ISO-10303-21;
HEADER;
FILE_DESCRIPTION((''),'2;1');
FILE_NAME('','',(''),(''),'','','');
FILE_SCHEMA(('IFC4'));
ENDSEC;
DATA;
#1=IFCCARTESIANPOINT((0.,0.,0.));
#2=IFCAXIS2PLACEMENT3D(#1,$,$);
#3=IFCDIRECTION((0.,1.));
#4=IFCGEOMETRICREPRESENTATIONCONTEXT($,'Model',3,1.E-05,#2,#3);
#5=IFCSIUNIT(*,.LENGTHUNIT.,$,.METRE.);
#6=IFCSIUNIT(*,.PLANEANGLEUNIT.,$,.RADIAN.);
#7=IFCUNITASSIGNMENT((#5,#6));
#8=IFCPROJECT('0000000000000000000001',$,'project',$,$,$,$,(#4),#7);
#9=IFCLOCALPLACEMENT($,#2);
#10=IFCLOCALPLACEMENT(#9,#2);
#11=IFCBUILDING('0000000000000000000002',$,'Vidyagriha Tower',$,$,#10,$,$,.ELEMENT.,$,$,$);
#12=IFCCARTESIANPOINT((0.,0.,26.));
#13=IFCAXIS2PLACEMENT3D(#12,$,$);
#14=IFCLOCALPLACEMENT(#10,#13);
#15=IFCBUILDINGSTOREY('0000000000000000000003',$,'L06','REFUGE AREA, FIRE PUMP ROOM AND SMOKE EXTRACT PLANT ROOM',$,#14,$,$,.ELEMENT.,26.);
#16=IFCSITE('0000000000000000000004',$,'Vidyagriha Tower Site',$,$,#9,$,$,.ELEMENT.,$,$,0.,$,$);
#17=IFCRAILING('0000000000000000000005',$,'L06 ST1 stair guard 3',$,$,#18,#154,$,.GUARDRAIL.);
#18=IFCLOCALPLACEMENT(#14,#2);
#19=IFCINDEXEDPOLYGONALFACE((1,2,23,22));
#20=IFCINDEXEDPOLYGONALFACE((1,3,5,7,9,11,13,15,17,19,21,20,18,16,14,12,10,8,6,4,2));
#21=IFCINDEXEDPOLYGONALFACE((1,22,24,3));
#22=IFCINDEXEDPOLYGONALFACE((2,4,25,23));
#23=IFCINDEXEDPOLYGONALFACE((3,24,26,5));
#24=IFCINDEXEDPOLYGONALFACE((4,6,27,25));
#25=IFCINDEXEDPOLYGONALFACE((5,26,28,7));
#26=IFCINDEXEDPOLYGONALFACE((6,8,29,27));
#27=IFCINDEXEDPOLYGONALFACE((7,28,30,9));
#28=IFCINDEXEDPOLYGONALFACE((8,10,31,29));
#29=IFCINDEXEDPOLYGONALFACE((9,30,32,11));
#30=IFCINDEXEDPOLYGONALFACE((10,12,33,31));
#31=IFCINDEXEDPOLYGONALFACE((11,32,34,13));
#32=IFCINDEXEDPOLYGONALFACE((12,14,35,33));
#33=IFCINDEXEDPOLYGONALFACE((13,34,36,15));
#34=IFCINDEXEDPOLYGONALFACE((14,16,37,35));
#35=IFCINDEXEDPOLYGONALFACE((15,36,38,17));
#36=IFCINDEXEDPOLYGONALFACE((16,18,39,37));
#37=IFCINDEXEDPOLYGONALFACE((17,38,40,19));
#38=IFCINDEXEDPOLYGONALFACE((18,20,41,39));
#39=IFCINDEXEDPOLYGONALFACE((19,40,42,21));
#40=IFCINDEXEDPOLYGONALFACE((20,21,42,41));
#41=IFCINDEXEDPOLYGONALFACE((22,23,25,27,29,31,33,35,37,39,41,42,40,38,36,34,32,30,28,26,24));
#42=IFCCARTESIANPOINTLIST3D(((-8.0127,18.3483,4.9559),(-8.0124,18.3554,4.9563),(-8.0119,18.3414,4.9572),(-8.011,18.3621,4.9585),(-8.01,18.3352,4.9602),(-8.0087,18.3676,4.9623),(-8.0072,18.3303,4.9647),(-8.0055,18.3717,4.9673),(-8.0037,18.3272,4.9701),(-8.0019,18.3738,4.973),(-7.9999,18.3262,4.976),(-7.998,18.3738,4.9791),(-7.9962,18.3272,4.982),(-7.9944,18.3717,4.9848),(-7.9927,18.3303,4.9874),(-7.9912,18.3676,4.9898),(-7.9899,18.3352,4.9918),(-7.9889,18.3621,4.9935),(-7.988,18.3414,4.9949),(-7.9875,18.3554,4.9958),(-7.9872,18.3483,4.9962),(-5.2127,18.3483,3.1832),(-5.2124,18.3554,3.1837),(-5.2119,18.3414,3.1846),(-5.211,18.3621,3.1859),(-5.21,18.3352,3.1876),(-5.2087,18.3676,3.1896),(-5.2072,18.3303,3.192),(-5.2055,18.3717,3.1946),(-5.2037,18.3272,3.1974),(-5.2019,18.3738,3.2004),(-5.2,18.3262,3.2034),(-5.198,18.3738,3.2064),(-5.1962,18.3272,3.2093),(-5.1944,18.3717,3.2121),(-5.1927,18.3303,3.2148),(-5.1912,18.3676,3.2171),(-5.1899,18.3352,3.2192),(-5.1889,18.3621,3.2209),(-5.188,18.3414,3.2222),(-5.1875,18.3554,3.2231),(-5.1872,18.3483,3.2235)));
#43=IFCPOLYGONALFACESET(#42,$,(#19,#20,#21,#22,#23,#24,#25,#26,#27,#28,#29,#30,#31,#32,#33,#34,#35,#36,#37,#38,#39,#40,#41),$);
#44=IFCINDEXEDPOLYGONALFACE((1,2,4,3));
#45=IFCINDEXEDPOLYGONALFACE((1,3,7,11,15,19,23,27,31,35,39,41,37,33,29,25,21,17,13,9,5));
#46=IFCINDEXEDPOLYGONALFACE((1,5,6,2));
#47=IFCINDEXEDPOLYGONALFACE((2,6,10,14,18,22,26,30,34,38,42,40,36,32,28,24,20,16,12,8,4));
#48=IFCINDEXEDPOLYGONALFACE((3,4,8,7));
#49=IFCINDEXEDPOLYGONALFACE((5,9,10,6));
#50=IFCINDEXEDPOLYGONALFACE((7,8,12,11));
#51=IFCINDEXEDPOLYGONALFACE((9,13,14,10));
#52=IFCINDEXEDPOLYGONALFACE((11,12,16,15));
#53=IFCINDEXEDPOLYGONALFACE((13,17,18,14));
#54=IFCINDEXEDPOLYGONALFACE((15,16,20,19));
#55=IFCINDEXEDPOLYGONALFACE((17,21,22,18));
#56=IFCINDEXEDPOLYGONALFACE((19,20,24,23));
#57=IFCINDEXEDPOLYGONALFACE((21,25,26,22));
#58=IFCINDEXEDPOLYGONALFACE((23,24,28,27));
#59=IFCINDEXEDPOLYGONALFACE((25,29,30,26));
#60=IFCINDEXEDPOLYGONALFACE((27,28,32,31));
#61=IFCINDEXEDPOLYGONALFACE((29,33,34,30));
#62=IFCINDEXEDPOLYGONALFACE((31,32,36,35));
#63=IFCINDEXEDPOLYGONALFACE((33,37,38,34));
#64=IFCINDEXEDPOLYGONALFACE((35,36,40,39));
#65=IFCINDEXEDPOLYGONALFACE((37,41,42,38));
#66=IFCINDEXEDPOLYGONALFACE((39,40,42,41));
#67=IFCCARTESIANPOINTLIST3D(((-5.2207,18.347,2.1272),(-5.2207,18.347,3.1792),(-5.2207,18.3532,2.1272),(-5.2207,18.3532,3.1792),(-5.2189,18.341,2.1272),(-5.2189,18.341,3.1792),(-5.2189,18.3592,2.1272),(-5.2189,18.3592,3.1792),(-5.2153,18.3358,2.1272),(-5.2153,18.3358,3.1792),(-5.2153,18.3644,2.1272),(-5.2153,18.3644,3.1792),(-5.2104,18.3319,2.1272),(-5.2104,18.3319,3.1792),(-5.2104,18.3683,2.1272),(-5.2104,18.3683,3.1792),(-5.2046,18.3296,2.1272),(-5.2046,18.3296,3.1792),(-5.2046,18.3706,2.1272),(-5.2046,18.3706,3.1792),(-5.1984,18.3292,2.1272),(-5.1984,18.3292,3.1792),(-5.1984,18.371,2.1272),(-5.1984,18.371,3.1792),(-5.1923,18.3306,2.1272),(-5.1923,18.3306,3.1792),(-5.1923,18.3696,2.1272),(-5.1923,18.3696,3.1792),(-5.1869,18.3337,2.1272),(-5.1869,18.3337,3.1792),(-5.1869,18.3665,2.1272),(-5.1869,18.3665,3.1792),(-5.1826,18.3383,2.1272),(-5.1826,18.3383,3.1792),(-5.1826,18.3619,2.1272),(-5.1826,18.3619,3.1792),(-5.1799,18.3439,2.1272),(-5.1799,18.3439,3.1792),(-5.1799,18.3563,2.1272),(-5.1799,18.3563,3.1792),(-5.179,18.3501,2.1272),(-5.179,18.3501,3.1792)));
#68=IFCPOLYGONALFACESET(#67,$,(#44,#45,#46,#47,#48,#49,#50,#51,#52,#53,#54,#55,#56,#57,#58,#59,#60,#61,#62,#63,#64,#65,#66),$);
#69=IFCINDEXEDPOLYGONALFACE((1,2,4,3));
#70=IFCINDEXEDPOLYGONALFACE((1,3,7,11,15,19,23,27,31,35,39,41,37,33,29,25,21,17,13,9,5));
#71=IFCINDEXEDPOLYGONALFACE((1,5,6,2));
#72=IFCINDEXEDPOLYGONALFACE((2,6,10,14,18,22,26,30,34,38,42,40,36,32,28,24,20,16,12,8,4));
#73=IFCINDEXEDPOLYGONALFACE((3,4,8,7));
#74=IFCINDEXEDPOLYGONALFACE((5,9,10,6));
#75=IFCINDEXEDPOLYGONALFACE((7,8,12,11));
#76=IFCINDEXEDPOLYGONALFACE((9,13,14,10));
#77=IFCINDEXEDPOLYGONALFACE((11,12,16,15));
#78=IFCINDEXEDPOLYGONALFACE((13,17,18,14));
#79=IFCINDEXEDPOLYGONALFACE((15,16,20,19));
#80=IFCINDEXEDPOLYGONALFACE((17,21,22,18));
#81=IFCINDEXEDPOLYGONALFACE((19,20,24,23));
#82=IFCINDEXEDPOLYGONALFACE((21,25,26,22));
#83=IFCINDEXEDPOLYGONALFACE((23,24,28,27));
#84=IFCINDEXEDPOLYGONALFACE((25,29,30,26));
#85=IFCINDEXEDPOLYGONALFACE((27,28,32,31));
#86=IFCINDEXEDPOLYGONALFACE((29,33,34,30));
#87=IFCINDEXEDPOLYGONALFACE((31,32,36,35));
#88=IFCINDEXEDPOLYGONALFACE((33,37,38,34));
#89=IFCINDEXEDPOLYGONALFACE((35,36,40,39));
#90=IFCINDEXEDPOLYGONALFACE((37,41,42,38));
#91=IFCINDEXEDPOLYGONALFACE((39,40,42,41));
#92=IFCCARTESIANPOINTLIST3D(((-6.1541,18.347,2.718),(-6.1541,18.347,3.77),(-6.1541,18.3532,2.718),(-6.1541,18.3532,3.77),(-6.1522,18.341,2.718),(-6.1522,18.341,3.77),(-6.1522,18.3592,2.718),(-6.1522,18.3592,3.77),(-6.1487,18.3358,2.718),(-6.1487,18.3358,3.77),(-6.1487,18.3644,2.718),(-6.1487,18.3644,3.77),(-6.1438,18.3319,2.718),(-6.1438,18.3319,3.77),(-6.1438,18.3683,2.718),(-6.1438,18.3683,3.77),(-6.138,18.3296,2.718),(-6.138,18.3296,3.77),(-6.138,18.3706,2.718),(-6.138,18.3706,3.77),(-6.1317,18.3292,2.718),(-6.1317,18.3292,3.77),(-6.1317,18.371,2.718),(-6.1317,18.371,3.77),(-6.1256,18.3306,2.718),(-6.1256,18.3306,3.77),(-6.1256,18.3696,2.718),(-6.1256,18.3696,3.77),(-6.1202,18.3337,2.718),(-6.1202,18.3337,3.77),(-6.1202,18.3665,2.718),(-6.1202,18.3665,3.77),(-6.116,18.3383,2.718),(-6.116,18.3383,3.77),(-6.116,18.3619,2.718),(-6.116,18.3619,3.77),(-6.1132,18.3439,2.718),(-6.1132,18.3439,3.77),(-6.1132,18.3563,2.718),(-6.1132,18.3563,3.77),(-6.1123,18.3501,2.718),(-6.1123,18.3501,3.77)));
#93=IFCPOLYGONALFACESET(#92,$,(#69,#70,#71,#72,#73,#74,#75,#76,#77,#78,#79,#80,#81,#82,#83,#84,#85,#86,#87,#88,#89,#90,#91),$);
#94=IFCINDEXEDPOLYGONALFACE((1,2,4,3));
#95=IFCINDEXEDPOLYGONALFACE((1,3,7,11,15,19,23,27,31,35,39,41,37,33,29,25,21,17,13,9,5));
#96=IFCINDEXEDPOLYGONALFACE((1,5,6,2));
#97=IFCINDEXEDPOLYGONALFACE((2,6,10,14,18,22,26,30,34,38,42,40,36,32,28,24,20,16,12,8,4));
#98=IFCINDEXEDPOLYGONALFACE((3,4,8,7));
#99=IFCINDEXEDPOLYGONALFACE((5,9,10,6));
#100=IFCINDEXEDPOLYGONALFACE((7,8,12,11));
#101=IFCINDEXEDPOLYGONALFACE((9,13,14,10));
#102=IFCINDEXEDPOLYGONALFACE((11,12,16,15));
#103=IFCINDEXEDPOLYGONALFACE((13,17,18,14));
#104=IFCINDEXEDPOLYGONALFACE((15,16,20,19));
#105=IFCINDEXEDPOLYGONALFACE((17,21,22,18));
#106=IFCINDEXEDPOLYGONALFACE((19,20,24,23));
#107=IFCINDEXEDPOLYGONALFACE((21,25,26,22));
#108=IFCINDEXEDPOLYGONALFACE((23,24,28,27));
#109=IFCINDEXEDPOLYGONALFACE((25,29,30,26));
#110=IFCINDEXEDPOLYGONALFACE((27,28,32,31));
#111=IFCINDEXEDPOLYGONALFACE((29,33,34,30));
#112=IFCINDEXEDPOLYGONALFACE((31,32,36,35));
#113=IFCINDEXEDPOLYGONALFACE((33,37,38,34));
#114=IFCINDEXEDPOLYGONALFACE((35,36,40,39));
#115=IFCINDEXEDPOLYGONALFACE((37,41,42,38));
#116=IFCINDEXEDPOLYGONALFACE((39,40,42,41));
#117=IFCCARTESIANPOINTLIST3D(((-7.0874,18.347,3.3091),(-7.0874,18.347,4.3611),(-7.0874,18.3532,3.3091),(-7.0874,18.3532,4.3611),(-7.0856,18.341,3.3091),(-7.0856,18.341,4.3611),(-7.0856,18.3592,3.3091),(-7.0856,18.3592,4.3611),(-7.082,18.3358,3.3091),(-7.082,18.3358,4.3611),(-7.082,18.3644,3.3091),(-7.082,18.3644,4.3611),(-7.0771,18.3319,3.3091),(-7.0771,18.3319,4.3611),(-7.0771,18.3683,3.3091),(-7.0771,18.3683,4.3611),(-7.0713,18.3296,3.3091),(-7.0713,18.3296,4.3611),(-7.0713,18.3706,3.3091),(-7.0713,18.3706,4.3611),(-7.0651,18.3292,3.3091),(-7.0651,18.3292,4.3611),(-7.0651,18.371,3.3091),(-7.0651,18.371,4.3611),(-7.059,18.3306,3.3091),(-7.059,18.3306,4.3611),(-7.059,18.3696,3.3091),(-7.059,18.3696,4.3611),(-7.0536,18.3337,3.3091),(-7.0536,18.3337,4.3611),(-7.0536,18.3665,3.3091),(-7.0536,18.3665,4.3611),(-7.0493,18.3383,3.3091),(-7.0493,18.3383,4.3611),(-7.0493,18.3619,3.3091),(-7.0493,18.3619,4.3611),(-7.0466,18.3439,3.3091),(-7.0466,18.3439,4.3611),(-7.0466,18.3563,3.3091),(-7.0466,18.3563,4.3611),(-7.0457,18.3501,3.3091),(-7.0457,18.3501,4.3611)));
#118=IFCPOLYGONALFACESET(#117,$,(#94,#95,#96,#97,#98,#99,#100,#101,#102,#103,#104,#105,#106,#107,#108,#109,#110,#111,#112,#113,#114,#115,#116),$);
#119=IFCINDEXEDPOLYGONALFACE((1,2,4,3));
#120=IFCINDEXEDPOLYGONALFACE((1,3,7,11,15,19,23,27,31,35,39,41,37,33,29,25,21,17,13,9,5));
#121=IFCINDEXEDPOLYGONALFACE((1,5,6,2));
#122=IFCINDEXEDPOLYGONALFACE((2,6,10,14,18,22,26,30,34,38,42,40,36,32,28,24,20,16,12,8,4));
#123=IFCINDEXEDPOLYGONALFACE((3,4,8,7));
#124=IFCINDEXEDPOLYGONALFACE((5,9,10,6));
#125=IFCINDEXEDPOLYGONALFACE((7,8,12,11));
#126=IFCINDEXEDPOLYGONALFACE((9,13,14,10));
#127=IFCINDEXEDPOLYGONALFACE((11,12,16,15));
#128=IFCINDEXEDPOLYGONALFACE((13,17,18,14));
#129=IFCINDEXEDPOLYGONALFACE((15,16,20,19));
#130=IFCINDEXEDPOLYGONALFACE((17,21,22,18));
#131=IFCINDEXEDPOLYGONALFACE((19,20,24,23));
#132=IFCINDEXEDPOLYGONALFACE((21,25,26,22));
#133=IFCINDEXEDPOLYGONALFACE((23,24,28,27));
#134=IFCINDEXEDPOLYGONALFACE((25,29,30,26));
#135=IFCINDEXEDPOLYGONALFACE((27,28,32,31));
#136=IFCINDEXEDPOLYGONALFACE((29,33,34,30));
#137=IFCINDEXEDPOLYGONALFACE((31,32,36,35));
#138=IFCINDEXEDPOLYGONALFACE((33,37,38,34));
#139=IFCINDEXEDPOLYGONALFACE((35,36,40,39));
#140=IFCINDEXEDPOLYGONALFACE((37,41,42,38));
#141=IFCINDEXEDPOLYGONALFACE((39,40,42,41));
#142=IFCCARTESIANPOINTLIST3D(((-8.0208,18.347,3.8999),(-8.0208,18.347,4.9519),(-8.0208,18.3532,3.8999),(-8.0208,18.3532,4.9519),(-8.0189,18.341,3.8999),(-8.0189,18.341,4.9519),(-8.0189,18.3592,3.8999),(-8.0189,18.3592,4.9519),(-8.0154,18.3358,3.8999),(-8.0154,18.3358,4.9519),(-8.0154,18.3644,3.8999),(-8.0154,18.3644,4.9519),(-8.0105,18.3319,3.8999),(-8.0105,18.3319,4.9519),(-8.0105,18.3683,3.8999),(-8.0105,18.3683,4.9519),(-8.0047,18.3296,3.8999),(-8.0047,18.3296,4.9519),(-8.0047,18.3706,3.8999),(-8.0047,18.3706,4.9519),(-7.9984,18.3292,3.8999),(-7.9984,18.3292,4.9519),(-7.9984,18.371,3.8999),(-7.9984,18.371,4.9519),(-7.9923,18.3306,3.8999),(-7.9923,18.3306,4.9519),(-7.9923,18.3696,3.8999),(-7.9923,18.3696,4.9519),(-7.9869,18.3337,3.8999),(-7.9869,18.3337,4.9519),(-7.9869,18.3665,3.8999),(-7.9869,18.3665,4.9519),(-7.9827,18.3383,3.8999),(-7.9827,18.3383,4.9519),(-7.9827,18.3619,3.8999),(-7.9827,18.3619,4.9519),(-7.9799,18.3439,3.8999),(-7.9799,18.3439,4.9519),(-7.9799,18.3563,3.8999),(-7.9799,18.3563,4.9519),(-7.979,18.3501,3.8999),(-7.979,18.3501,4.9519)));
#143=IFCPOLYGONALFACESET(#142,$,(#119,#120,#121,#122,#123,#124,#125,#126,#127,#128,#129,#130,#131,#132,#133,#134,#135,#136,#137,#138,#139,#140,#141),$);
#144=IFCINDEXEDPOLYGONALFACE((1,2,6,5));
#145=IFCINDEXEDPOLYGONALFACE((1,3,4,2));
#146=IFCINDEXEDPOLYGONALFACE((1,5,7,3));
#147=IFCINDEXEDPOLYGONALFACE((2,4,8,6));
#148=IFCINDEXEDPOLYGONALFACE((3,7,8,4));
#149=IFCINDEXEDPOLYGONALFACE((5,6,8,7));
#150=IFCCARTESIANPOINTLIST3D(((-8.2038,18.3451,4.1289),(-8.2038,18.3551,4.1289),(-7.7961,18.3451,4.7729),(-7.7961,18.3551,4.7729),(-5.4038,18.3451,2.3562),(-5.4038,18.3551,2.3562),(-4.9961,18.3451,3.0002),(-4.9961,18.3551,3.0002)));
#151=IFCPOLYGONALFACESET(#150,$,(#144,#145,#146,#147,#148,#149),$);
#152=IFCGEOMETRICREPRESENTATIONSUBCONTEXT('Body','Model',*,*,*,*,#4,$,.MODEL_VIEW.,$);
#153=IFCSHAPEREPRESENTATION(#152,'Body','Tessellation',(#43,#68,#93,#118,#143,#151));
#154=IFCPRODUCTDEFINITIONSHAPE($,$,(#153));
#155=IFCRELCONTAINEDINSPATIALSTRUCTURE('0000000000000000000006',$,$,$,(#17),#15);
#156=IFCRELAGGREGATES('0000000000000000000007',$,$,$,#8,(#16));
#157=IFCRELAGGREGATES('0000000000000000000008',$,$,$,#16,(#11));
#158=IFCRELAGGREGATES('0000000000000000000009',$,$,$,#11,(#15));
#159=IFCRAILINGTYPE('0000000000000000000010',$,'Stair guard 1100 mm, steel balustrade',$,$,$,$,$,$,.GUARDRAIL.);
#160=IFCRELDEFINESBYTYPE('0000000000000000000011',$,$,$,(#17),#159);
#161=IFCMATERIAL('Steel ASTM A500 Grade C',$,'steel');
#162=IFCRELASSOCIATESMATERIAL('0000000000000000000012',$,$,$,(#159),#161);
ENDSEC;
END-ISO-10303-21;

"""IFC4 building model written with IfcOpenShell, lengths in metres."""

from ifc_helpers import new_model, si_unit, direction, frame, origin, origin_2d, place, context, subcontext, project, spatial, rectangle, circle, extrude, material, type_object, element, save


model = new_model("IFC4")

# Units and contexts
model_context = context("Model", 3, precision=1e-05, world=origin(), true_north=direction((0.0, 1.0)))
body_context = subcontext(model_context, "Body", "Model", "MODEL_VIEW")
ifc_project = project(units=[si_unit("LENGTHUNIT", "METRE"), si_unit("PLANEANGLEUNIT", "RADIAN")], contexts=[model_context])

# Site, building, storey
site_placement = place(None, origin())
site = spatial("IfcSite", under=ifc_project, at=site_placement, Name="Vidyagriha Tower Site", CompositionType="ELEMENT", RefElevation=0.0)
building_placement = place(site_placement, origin())
building = spatial("IfcBuilding", under=site, at=building_placement, Name="Vidyagriha Tower", CompositionType="ELEMENT")
storey_placement = place(building_placement, frame((0.0, 0.0, 26.0)))
storey = spatial("IfcBuildingStorey", under=building, at=storey_placement, Name="L06", Description="REFUGE AREA, FIRE PUMP ROOM AND SMOKE EXTRACT PLANT ROOM", CompositionType="ELEMENT", Elevation=26.0)

# Railing
ifc_material_1 = material(Name="Steel ASTM A500 Grade C", Category="steel")
railing_type_1 = type_object("IfcRailingType", Name="Stair guard 1100 mm, steel balustrade", PredefinedType="GUARDRAIL", material=ifc_material_1)
railing_1_placement = place(storey_placement, frame((-5.2, 18.3501, 2.1272)))
element("IfcRailing", 1, at=railing_1_placement, inside=storey, type_object=railing_type_1, Name="L06 ST1 stair guard 3", PredefinedType="GUARDRAIL", context=body_context, shape_type="SweptSolid", body=[
    extrude(circle(Radius=0.0239, at=origin_2d()), frame((0.0, 0.0, 1.0762), z_axis=(-0.844909, 0.0, 0.53491), x_axis=(0.0, -1.0, 0.0)), (0.0, 0.0, 1.0), 3.314),
    extrude(circle(Radius=0.021, at=origin_2d()), origin(), (0.0, 0.0, 1.0), 1.052),
    extrude(circle(Radius=0.021, at=origin_2d()), frame((-0.9333, 0.0, 0.5908)), (0.0, 0.0, 1.0), 1.052),
    extrude(circle(Radius=0.021, at=origin_2d()), frame((-1.8667, 0.0, 1.1819)), (0.0, 0.0, 1.0), 1.052),
    extrude(circle(Radius=0.021, at=origin_2d()), frame((-2.8, 0.0, 1.7727)), (0.0, 0.0, 1.0), 1.052),
    extrude(rectangle(XDim=0.01, YDim=0.7622, at=origin_2d()), frame((0.0, 0.0, 0.551), z_axis=(-0.844909, 0.0, 0.53491), x_axis=(0.0, -1.0, 0.0)), (0.0, 0.0, 1.0), 3.314),
])

save(model, "model.ifc")
